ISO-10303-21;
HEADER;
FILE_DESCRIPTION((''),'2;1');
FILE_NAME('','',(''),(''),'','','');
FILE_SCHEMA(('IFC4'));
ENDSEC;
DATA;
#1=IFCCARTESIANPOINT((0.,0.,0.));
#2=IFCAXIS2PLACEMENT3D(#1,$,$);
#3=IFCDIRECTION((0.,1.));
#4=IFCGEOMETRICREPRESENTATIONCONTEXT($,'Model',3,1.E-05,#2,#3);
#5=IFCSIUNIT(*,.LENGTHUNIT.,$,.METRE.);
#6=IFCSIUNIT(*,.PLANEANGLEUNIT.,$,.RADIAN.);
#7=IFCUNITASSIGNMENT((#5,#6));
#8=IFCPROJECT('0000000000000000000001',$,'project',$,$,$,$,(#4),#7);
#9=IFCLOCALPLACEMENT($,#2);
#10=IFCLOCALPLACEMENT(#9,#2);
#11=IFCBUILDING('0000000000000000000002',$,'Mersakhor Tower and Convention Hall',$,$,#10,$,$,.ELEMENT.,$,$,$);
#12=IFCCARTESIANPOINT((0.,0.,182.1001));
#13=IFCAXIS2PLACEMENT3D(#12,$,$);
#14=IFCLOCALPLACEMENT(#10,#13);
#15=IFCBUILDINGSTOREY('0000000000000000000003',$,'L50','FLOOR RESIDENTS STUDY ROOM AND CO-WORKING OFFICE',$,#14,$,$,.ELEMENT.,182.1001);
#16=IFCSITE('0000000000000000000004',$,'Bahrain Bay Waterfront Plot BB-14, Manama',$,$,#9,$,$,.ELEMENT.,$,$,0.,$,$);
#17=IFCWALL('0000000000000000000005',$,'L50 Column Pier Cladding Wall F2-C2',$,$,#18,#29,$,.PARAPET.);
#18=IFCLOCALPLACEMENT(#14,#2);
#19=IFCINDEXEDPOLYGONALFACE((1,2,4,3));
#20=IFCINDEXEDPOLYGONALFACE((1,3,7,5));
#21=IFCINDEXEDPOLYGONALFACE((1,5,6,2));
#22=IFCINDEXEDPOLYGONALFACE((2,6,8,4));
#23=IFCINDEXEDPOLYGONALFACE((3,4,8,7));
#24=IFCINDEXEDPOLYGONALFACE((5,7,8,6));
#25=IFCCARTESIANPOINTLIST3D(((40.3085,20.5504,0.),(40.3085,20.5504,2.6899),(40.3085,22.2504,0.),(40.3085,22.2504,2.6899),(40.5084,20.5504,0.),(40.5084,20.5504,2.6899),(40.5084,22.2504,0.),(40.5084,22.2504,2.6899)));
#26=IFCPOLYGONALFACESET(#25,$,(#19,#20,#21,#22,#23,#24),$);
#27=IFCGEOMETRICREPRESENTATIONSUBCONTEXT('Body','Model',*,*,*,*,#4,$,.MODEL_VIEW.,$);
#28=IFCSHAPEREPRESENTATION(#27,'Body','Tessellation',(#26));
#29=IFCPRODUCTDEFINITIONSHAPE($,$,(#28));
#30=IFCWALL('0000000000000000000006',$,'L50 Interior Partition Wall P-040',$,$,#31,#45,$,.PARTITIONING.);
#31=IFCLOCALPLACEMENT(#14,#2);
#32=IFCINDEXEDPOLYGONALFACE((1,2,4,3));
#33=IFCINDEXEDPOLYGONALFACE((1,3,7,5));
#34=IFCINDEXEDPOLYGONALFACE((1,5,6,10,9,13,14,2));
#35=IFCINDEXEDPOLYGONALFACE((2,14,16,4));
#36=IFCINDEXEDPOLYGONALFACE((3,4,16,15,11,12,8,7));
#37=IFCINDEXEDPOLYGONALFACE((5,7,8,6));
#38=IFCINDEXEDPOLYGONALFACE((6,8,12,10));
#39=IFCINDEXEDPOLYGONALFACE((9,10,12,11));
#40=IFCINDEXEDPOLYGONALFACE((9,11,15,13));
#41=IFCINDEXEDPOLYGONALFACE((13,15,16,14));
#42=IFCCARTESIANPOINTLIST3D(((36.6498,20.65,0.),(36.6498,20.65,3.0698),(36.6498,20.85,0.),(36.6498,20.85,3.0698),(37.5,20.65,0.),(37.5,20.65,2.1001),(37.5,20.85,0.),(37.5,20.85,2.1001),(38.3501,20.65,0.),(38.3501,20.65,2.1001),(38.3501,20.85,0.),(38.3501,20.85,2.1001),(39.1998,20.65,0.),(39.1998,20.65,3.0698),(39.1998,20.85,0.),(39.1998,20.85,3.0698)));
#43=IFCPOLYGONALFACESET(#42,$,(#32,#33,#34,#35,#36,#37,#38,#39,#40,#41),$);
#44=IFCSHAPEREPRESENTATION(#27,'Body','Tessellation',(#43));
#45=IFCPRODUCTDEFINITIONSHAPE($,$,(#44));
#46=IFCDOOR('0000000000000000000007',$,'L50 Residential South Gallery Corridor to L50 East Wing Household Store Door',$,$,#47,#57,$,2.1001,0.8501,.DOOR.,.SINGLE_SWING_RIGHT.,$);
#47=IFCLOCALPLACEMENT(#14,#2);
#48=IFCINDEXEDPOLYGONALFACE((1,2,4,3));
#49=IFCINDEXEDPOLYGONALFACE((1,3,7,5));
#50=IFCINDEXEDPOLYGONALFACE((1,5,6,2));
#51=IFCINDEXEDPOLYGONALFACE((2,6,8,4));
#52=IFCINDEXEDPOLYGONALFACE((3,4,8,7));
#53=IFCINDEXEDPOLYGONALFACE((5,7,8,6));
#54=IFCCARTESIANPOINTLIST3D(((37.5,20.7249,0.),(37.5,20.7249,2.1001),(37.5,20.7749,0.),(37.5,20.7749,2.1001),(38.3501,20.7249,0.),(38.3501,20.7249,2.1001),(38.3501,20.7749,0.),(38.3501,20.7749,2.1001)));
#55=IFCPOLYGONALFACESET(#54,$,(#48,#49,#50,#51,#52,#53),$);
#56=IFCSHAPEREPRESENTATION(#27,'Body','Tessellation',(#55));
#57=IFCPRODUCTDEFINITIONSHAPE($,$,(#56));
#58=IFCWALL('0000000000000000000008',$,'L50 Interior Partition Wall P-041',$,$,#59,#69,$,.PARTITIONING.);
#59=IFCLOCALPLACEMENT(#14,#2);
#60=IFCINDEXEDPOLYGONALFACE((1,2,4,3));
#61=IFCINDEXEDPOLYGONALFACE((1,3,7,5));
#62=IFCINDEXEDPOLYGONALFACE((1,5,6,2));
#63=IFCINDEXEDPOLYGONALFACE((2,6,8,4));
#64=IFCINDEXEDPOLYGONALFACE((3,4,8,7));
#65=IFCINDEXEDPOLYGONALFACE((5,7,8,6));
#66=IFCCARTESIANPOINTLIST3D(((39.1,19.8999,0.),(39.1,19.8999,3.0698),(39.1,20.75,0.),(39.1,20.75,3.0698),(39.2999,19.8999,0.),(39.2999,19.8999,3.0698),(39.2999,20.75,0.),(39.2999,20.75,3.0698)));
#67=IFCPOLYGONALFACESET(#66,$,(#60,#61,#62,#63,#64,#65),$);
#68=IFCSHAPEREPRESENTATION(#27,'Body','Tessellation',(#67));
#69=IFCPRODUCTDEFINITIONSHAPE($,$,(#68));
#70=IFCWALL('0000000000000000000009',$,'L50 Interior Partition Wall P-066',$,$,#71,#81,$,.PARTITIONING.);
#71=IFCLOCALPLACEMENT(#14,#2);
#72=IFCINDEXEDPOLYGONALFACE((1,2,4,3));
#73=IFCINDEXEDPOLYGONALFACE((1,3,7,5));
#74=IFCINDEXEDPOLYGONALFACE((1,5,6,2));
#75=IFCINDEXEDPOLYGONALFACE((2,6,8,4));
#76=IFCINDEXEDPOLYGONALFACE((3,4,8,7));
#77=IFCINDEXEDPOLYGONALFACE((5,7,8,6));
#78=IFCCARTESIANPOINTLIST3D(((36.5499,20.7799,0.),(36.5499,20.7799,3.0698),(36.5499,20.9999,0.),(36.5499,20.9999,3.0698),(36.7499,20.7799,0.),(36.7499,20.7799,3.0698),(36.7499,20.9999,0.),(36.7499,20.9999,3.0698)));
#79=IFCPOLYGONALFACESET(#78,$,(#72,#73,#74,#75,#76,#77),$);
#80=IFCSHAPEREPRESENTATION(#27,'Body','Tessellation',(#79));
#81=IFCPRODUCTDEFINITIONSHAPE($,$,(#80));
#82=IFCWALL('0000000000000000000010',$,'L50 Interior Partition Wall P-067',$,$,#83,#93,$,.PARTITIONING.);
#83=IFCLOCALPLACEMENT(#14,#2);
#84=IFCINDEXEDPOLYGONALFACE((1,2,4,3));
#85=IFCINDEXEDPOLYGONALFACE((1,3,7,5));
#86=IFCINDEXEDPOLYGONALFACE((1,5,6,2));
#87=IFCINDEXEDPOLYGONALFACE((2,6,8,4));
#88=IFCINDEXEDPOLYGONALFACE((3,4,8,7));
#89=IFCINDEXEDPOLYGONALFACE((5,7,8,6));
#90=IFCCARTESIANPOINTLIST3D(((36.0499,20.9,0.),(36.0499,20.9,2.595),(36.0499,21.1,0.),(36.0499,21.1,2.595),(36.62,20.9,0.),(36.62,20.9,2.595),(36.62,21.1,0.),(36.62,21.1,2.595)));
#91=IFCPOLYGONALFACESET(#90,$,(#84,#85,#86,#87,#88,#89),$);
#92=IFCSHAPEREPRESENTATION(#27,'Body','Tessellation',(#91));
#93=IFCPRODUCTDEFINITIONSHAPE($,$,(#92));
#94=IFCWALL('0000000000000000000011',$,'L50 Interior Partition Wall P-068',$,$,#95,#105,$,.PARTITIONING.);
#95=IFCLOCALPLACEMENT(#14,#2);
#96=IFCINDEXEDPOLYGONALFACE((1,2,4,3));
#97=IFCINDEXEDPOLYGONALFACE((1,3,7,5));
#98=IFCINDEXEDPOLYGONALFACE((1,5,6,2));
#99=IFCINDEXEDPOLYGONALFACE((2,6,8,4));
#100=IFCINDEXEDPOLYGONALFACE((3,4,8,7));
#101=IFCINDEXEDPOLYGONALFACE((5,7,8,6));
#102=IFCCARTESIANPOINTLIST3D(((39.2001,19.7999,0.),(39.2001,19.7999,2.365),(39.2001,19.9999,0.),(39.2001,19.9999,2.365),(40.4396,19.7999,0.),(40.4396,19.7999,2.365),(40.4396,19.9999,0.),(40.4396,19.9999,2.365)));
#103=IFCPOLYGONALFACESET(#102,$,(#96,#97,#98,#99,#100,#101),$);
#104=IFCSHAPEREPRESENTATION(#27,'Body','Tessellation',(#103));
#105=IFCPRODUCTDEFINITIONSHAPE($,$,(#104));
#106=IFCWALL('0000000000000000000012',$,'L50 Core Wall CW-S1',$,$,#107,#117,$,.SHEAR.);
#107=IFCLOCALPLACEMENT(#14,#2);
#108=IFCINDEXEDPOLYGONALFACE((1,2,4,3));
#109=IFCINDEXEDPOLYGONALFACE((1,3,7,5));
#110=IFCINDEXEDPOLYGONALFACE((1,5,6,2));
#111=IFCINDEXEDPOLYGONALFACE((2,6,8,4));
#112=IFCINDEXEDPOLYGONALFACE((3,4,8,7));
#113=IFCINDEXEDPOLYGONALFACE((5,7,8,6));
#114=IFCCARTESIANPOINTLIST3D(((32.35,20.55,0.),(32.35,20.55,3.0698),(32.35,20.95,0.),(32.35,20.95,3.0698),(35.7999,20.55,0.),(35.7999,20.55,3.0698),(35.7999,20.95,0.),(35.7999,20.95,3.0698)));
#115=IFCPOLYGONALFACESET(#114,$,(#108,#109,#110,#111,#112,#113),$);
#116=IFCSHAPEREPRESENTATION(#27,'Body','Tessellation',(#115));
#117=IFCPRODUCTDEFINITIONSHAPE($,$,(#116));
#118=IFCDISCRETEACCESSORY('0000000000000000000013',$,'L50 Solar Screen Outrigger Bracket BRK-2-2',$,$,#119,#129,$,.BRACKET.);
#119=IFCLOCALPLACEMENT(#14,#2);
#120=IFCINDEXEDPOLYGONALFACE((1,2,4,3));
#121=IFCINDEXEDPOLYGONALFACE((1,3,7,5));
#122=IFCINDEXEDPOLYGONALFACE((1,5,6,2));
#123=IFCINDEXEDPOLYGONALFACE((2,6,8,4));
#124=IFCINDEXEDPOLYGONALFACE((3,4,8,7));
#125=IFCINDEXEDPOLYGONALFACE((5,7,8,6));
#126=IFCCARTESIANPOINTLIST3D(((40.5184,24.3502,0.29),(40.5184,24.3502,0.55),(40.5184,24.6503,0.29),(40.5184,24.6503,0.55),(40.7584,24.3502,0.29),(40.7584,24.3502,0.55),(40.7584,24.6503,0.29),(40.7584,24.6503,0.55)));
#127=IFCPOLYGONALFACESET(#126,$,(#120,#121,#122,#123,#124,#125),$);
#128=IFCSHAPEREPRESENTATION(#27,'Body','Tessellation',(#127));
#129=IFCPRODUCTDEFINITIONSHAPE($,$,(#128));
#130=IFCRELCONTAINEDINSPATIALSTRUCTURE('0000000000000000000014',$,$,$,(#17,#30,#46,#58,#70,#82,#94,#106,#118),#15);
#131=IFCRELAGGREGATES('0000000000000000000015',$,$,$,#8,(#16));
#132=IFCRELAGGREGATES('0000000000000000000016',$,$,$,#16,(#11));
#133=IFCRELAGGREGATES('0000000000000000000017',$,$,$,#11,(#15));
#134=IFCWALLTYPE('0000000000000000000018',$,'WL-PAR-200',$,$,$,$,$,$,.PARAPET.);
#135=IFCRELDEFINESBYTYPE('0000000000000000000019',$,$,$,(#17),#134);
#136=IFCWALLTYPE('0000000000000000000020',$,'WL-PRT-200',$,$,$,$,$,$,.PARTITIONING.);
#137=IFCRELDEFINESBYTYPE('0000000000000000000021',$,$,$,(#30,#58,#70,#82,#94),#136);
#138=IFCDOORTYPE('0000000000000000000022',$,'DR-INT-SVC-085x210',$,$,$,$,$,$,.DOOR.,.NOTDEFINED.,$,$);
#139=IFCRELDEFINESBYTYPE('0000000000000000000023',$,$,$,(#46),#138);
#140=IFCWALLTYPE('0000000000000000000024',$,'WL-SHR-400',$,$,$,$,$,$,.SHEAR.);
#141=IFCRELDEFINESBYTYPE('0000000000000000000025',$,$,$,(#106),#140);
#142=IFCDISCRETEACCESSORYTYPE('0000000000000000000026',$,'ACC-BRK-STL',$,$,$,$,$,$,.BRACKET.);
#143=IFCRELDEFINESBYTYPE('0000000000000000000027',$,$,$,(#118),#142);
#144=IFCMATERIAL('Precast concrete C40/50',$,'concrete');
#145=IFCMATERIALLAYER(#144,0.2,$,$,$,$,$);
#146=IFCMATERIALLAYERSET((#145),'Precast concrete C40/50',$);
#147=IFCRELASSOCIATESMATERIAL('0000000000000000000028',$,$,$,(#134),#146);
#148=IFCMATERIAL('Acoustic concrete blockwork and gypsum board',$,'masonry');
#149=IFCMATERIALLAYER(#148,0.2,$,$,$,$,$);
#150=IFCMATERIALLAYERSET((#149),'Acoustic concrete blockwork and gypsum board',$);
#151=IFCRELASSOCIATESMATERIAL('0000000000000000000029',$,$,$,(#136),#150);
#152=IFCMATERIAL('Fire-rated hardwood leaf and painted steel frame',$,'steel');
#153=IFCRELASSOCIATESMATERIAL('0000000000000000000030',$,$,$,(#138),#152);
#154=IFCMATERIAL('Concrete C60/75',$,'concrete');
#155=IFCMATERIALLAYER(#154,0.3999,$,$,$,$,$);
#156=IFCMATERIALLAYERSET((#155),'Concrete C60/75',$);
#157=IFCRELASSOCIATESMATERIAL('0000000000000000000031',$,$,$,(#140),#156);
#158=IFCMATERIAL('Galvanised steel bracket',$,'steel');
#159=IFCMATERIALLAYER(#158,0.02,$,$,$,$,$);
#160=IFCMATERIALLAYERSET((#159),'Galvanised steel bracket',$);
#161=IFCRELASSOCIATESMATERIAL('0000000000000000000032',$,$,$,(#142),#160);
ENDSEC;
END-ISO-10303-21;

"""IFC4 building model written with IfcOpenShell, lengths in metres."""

from ifc_helpers import new_model, si_unit, direction, frame, frame_2d, origin, origin_2d, place, context, subcontext, project, spatial, rectangle, extrude, material, layer, layer_set, type_object, element, fill, save


model = new_model("IFC4")

# Units and contexts
model_context = context("Model", 3, precision=1e-05, world=origin(), true_north=direction((0.0, 1.0)))
body_context = subcontext(model_context, "Body", "Model", "MODEL_VIEW")
ifc_project = project(units=[si_unit("LENGTHUNIT", "METRE"), si_unit("PLANEANGLEUNIT", "RADIAN")], contexts=[model_context])

# Site, building, storey
site_placement = place(None, origin())
site = spatial("IfcSite", under=ifc_project, at=site_placement, Name="Bahrain Bay Waterfront Plot BB-14, Manama", CompositionType="ELEMENT", RefElevation=0.0)
building_placement = place(site_placement, origin())
building = spatial("IfcBuilding", under=site, at=building_placement, Name="Mersakhor Tower and Convention Hall", CompositionType="ELEMENT")
storey_placement = place(building_placement, frame((0.0, 0.0, 182.1001)))
storey = spatial("IfcBuildingStorey", under=building, at=storey_placement, Name="L50", Description="FLOOR RESIDENTS STUDY ROOM AND CO-WORKING OFFICE", CompositionType="ELEMENT", Elevation=182.1001)

# Wall
ifc_material_1 = material(Name="Precast concrete C40/50", Category="concrete")
ifc_layer_1 = layer(ifc_material_1, 0.2)
ifc_layer_set_1 = layer_set([ifc_layer_1], Name="Precast concrete C40/50")
wall_type_1 = type_object("IfcWallType", Name="WL-PAR-200", PredefinedType="PARAPET", material=ifc_layer_set_1)
wall_1_placement = place(storey_placement, frame((40.4084, 22.2505, 0.0), z_axis=(0.0, 0.0, 1.0), x_axis=(0.0, -1.0, 0.0)))
element("IfcWall", 1, at=wall_1_placement, inside=storey, type_object=wall_type_1, Name="L50 Column Pier Cladding Wall F2-C2", PredefinedType="PARAPET", context=body_context, shape_type="SweptSolid", body=[
    extrude(rectangle(XDim=1.7, YDim=0.2, at=frame_2d((0.8501, 0.0))), origin(), (0.0, 0.0, 1.0), 2.6899),
])

# Wall, opening, door
ifc_material_2 = material(Name="Acoustic concrete blockwork and gypsum board", Category="masonry")
ifc_layer_2 = layer(ifc_material_2, 0.2)
ifc_layer_set_2 = layer_set([ifc_layer_2], Name="Acoustic concrete blockwork and gypsum board")
wall_type_2 = type_object("IfcWallType", Name="WL-PRT-200", PredefinedType="PARTITIONING", material=ifc_layer_set_2)
wall_2_placement = place(storey_placement, frame((36.6499, 20.75, 0.0), z_axis=(0.0, 0.0, 1.0), x_axis=(1.0, 0.0, 0.0)))
wall_2 = element("IfcWall", 2, at=wall_2_placement, inside=storey, type_object=wall_type_2, Name="L50 Interior Partition Wall P-040", PredefinedType="PARTITIONING", context=body_context, shape_type="SweptSolid", body=[
    extrude(rectangle(XDim=2.55, YDim=0.2, at=frame_2d((1.2749, 0.0))), origin(), (0.0, 0.0, 1.0), 3.0698),
])
opening_placement = place(wall_2_placement, frame((0.8501, 0.0, 0.0)))
opening = element("IfcOpeningElement", 3, at=opening_placement, cuts=wall_2, PredefinedType="OPENING", context=body_context, shape_type="SweptSolid", body=[
    extrude(rectangle(XDim=0.8501, YDim=2.1001, at=frame_2d((0.425, 1.05))), frame((0.0, 0.1099, 0.0), z_axis=(0.0, -1.0, 0.0), x_axis=(1.0, 0.0, 0.0)), (0.0, 0.0, 1.0), 0.22),
])
ifc_material_3 = material(Name="Fire-rated hardwood leaf and painted steel frame", Category="steel")
door_type = type_object("IfcDoorType", Name="DR-INT-SVC-085x210", OperationType="NOTDEFINED", PredefinedType="DOOR", material=ifc_material_3)
door_placement = place(opening_placement, origin())
door = element("IfcDoor", 4, at=door_placement, inside=storey, type_object=door_type, Name="L50 Residential South Gallery Corridor to L50 East Wing Household Store Door", OperationType="SINGLE_SWING_RIGHT", OverallHeight=2.1001, OverallWidth=0.8501, PredefinedType="DOOR", context=body_context, shape_type="SweptSolid", body=[
    extrude(rectangle(XDim=0.8501, YDim=2.1001, at=frame_2d((0.425, 1.05))), frame((0.0, 0.0249, 0.0), z_axis=(0.0, -1.0, 0.0), x_axis=(1.0, 0.0, 0.0)), (0.0, 0.0, 1.0), 0.05),
])
fill(opening, door)

# Walls
wall_3_placement = place(storey_placement, frame((39.2, 20.75, 0.0), z_axis=(0.0, 0.0, 1.0), x_axis=(0.0, -1.0, 0.0)))
element("IfcWall", 5, at=wall_3_placement, inside=storey, type_object=wall_type_2, Name="L50 Interior Partition Wall P-041", PredefinedType="PARTITIONING", context=body_context, shape_type="SweptSolid", body=[
    extrude(rectangle(XDim=0.8501, YDim=0.2, at=frame_2d((0.425, 0.0))), origin(), (0.0, 0.0, 1.0), 3.0698),
])
wall_4_placement = place(storey_placement, frame((36.6499, 20.78, 0.0), z_axis=(0.0, 0.0, 1.0), x_axis=(0.0, 1.0, 0.0)))
element("IfcWall", 6, at=wall_4_placement, inside=storey, type_object=wall_type_2, Name="L50 Interior Partition Wall P-066", PredefinedType="PARTITIONING", context=body_context, shape_type="SweptSolid", body=[
    extrude(rectangle(XDim=0.22, YDim=0.2, at=frame_2d((0.1099, 0.0))), origin(), (0.0, 0.0, 1.0), 3.0698),
])
wall_5_placement = place(storey_placement, frame((36.6201, 21.0, 0.0), z_axis=(0.0, 0.0, 1.0), x_axis=(-1.0, 0.0, 0.0)))
element("IfcWall", 7, at=wall_5_placement, inside=storey, type_object=wall_type_2, Name="L50 Interior Partition Wall P-067", PredefinedType="PARTITIONING", context=body_context, shape_type="SweptSolid", body=[
    extrude(rectangle(XDim=0.5701, YDim=0.2, at=frame_2d((0.2852, 0.0))), origin(), (0.0, 0.0, 1.0), 2.595),
])
wall_6_placement = place(storey_placement, frame((40.4395, 19.8999, 0.0), z_axis=(0.0, 0.0, 1.0), x_axis=(-1.0, 0.0, 0.0)))
element("IfcWall", 8, at=wall_6_placement, inside=storey, type_object=wall_type_2, Name="L50 Interior Partition Wall P-068", PredefinedType="PARTITIONING", context=body_context, shape_type="SweptSolid", body=[
    extrude(rectangle(XDim=1.2395, YDim=0.2, at=frame_2d((0.6196, 0.0))), origin(), (0.0, 0.0, 1.0), 2.365),
])
ifc_material_4 = material(Name="Concrete C60/75", Category="concrete")
ifc_layer_3 = layer(ifc_material_4, 0.3999)
ifc_layer_set_3 = layer_set([ifc_layer_3], Name="Concrete C60/75")
wall_type_3 = type_object("IfcWallType", Name="WL-SHR-400", PredefinedType="SHEAR", material=ifc_layer_set_3)
wall_7_placement = place(storey_placement, frame((35.8, 20.75, 0.0), z_axis=(0.0, 0.0, 1.0), x_axis=(-1.0, 0.0, 0.0)))
element("IfcWall", 9, at=wall_7_placement, inside=storey, type_object=wall_type_3, Name="L50 Core Wall CW-S1", PredefinedType="SHEAR", context=body_context, shape_type="SweptSolid", body=[
    extrude(rectangle(XDim=3.45, YDim=0.3999, at=frame_2d((1.7251, 0.0))), origin(), (0.0, 0.0, 1.0), 3.0698),
])

# Discrete accessory
ifc_material_5 = material(Name="Galvanised steel bracket", Category="steel")
ifc_layer_4 = layer(ifc_material_5, 0.02)
ifc_layer_set_4 = layer_set([ifc_layer_4], Name="Galvanised steel bracket")
discrete_accessory_type = type_object("IfcDiscreteAccessoryType", Name="ACC-BRK-STL", PredefinedType="BRACKET", material=ifc_layer_set_4)
discrete_accessory_placement = place(storey_placement, frame((40.6384, 24.5002, 0.29), z_axis=(0.0, 0.0, 1.0), x_axis=(0.0, -1.0, 0.0)))
element("IfcDiscreteAccessory", 10, at=discrete_accessory_placement, inside=storey, type_object=discrete_accessory_type, Name="L50 Solar Screen Outrigger Bracket BRK-2-2", PredefinedType="BRACKET", context=body_context, shape_type="SweptSolid", body=[
    extrude(rectangle(XDim=0.3, YDim=0.24, at=origin_2d()), origin(), (0.0, 0.0, 1.0), 0.26),
])

save(model, "model.ifc")
